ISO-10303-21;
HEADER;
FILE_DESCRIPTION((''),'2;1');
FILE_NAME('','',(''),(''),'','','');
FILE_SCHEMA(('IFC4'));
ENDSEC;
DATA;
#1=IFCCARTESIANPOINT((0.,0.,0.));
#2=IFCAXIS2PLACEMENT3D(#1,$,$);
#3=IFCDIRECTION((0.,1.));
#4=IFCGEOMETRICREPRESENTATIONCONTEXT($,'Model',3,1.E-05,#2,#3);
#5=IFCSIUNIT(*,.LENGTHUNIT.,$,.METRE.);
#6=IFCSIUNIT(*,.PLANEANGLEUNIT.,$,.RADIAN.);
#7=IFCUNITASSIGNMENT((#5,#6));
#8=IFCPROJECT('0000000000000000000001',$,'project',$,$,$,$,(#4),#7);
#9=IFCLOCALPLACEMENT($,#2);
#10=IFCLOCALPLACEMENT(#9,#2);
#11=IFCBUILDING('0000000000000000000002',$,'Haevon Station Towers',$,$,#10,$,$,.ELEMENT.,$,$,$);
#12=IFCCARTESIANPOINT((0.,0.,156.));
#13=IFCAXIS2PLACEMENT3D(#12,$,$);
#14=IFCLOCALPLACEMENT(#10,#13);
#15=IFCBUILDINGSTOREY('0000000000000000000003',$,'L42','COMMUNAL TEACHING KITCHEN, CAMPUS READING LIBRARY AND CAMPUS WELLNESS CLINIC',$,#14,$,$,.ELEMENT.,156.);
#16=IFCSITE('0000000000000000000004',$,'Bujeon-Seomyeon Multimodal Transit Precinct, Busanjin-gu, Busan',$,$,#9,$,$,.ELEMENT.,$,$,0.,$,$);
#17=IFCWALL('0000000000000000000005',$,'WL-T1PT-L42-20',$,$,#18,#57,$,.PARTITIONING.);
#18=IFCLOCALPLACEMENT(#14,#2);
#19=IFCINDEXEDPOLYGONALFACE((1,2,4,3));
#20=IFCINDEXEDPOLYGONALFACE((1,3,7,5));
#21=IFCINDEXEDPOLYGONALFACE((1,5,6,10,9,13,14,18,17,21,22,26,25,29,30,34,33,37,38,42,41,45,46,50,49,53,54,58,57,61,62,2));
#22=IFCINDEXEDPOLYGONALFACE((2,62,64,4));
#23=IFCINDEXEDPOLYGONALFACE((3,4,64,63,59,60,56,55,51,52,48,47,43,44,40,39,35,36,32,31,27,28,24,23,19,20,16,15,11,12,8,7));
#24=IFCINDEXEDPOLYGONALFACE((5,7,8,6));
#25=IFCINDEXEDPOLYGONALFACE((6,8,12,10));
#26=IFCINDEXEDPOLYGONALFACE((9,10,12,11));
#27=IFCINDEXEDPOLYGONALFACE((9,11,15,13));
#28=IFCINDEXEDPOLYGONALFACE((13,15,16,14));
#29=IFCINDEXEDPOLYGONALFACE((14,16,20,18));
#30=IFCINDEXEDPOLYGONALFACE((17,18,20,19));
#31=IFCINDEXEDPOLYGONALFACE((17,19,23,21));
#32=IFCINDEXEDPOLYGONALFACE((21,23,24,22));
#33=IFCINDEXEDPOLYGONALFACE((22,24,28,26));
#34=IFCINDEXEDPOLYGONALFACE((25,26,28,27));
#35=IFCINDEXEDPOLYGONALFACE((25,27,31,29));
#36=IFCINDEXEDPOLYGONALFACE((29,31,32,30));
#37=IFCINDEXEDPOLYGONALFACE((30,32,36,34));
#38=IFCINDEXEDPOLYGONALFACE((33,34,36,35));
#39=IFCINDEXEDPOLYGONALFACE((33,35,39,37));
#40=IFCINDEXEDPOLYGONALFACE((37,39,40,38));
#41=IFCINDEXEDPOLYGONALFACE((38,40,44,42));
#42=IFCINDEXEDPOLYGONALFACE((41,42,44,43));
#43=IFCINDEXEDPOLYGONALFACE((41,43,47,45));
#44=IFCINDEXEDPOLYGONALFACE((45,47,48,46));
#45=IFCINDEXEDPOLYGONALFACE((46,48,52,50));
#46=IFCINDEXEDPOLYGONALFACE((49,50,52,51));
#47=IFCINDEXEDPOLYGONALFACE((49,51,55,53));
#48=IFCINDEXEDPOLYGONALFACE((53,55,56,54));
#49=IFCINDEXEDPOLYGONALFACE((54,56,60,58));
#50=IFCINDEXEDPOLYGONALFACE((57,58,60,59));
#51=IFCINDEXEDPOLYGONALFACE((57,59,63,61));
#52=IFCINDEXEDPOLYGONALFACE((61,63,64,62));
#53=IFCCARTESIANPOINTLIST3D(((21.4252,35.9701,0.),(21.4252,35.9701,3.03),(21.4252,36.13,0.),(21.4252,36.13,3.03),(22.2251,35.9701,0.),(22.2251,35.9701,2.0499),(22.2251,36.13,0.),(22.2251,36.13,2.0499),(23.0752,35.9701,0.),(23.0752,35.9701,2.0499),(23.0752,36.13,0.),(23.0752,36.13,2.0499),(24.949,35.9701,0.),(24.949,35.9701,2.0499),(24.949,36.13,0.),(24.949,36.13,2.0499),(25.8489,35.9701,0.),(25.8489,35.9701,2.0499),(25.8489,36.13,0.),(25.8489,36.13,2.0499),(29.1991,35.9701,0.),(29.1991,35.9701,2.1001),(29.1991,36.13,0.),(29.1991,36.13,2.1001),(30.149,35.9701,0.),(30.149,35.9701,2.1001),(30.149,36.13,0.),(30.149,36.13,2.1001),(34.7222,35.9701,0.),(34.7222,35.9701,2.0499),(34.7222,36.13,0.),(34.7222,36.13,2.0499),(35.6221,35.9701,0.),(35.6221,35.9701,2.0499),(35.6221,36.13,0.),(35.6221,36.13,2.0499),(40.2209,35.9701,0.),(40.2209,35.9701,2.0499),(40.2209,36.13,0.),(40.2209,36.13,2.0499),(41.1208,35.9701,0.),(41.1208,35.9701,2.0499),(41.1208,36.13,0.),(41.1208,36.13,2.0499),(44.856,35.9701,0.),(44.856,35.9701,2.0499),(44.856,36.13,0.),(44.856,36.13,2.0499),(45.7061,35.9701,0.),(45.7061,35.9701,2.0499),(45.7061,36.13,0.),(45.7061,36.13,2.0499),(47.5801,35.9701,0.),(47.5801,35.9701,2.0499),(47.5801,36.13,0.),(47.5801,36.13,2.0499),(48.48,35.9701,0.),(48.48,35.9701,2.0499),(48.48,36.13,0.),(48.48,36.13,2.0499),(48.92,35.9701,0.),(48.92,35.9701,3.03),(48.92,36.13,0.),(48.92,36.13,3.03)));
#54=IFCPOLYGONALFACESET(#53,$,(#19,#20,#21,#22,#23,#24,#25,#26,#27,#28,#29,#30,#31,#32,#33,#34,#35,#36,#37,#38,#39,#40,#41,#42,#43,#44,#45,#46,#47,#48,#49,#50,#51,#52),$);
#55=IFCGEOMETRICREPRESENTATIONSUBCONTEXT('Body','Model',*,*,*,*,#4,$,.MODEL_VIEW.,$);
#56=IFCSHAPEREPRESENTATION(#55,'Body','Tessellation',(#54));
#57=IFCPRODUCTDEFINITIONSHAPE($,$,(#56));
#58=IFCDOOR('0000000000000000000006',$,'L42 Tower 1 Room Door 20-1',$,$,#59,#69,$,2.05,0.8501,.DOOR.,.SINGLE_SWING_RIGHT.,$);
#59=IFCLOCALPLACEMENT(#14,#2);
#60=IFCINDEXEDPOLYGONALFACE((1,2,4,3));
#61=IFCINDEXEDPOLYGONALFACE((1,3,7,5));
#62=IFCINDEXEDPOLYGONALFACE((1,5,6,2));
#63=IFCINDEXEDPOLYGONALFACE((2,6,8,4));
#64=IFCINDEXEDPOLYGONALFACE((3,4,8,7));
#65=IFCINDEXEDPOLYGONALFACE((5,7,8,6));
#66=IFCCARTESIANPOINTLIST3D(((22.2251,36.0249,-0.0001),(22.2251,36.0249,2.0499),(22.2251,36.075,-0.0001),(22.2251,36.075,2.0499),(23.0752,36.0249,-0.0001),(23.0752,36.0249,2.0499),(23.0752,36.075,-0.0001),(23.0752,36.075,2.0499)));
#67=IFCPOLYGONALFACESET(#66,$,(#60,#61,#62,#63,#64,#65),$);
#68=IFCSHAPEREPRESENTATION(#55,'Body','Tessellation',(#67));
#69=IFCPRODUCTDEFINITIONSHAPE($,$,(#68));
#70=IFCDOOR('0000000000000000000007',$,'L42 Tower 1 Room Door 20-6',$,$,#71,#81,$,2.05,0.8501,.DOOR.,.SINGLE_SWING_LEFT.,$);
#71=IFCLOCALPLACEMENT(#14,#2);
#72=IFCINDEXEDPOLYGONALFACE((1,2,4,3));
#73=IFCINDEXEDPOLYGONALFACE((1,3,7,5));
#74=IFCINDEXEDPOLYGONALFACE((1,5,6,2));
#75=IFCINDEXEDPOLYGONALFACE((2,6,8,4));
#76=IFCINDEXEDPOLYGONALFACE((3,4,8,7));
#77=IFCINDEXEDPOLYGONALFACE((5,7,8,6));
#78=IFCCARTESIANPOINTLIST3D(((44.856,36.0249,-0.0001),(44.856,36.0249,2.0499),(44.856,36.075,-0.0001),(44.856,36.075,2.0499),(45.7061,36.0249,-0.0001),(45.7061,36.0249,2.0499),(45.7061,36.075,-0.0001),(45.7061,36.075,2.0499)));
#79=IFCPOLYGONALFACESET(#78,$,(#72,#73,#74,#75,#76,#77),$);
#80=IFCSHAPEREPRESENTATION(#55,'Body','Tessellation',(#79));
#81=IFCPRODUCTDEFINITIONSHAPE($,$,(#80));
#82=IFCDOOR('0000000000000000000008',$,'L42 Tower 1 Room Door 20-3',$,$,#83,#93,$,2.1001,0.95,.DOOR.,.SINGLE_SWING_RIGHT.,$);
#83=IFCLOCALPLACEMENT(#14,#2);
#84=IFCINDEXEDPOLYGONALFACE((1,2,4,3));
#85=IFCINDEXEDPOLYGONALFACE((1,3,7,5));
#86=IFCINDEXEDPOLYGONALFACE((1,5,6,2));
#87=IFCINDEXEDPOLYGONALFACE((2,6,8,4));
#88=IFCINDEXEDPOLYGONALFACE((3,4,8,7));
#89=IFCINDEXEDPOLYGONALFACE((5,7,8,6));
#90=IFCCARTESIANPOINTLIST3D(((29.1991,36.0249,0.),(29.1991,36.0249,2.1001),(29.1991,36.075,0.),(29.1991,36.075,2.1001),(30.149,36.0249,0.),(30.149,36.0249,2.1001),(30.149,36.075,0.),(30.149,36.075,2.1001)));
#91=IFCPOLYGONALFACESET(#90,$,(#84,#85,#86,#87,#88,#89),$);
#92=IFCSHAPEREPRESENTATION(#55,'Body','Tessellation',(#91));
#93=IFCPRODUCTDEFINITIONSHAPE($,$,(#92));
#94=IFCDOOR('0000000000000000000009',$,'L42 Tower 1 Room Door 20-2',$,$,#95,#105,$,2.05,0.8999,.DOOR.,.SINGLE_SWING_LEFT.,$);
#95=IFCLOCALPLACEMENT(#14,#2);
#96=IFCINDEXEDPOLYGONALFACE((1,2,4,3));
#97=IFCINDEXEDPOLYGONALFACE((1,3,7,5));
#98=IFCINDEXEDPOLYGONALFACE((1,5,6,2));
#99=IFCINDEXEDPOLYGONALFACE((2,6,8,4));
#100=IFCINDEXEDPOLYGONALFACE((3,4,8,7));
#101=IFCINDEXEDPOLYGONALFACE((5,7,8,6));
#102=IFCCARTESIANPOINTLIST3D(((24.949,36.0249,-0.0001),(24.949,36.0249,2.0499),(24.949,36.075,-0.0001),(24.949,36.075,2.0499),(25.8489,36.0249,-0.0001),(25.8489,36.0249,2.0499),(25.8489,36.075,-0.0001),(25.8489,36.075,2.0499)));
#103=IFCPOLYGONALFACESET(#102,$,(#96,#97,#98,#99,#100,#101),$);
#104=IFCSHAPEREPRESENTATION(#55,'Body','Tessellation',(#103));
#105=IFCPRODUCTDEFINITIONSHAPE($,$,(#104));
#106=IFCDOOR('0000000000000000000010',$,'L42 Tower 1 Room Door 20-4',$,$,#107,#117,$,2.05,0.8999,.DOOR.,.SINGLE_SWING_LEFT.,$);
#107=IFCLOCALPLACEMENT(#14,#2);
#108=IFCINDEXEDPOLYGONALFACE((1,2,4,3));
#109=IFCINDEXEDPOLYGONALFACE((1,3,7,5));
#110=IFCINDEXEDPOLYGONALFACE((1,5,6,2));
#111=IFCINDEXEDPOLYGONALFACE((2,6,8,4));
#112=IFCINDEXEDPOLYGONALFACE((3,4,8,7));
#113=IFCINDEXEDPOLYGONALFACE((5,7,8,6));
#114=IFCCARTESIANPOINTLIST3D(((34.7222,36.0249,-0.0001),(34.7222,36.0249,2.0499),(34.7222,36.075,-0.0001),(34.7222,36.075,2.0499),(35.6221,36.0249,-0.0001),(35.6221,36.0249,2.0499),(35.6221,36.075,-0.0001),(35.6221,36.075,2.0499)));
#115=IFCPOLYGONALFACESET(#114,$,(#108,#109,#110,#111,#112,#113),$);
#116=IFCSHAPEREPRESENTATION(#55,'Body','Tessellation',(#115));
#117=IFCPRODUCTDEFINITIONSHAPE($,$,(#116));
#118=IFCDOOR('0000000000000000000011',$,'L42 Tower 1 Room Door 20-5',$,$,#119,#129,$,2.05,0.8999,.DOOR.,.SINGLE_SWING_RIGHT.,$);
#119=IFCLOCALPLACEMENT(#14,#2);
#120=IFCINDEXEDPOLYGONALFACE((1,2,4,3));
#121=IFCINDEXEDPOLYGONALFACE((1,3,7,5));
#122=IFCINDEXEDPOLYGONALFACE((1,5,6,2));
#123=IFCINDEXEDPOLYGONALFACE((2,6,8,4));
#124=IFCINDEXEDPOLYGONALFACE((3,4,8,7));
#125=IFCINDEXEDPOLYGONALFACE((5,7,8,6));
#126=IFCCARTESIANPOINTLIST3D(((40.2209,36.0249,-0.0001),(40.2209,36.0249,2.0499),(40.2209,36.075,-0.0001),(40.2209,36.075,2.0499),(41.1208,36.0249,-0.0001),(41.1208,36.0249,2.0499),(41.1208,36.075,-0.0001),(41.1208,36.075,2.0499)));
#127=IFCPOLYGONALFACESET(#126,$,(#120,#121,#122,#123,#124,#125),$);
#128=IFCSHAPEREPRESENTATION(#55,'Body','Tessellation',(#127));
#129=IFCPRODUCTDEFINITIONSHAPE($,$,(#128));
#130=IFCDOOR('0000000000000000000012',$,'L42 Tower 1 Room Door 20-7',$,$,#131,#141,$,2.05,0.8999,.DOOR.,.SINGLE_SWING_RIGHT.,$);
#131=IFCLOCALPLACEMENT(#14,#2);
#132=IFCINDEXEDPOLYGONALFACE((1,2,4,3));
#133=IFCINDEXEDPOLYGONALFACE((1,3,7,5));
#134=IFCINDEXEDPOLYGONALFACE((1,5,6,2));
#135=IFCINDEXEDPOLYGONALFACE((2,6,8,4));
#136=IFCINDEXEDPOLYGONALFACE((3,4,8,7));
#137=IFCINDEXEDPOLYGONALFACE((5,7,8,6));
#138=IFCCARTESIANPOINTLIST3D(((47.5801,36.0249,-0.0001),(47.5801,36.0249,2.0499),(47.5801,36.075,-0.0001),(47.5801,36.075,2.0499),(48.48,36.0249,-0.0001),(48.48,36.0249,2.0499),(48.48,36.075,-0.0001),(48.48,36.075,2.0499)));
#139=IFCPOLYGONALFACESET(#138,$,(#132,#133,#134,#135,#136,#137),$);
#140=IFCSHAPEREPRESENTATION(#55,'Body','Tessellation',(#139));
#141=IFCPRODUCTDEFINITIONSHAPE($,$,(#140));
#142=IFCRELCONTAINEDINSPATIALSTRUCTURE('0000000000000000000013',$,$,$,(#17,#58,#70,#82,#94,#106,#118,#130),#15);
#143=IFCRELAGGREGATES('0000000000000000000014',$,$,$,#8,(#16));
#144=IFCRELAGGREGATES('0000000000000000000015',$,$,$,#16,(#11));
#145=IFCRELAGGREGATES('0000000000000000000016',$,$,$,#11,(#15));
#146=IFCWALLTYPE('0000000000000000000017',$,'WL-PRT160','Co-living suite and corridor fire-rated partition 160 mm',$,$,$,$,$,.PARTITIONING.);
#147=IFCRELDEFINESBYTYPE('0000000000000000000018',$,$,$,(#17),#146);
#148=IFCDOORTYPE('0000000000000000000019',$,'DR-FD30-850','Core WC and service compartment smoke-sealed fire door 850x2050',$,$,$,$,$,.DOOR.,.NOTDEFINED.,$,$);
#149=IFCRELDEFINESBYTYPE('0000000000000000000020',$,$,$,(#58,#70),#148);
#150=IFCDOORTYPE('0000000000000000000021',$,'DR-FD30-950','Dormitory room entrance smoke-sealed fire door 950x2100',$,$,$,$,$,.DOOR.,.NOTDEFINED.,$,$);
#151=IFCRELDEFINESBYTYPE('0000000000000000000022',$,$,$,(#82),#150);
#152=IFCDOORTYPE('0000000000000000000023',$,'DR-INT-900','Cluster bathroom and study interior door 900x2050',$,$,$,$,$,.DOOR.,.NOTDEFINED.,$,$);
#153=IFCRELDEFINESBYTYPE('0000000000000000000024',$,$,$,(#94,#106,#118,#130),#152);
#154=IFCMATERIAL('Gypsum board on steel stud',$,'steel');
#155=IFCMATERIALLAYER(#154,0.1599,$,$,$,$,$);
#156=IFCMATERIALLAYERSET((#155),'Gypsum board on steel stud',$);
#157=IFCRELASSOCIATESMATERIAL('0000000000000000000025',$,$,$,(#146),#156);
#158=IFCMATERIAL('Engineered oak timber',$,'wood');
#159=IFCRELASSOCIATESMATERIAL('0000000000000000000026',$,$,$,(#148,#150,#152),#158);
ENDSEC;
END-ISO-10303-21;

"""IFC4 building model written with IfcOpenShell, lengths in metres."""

from ifc_helpers import new_model, si_unit, direction, frame, frame_2d, origin, place, context, subcontext, project, spatial, rectangle, extrude, material, layer, layer_set, type_object, element, fill, save


model = new_model("IFC4")

# Units and contexts
model_context = context("Model", 3, precision=1e-05, world=origin(), true_north=direction((0.0, 1.0)))
body_context = subcontext(model_context, "Body", "Model", "MODEL_VIEW")
ifc_project = project(units=[si_unit("LENGTHUNIT", "METRE"), si_unit("PLANEANGLEUNIT", "RADIAN")], contexts=[model_context])

# Site, building, storey
site_placement = place(None, origin())
site = spatial("IfcSite", under=ifc_project, at=site_placement, Name="Bujeon-Seomyeon Multimodal Transit Precinct, Busanjin-gu, Busan", CompositionType="ELEMENT", RefElevation=0.0)
building_placement = place(site_placement, origin())
building = spatial("IfcBuilding", under=site, at=building_placement, Name="Haevon Station Towers", CompositionType="ELEMENT")
storey_placement = place(building_placement, frame((0.0, 0.0, 156.0)))
storey = spatial("IfcBuildingStorey", under=building, at=storey_placement, Name="L42", Description="COMMUNAL TEACHING KITCHEN, CAMPUS READING LIBRARY AND CAMPUS WELLNESS CLINIC", CompositionType="ELEMENT", Elevation=156.0)

# Shared definitions
ifc_material_1 = material(Name="Gypsum board on steel stud", Category="steel")
ifc_layer_1 = layer(ifc_material_1, 0.1599)
ifc_layer_set_1 = layer_set([ifc_layer_1], Name="Gypsum board on steel stud")
wall_type_1 = type_object("IfcWallType", Name="WL-PRT160", Description="Co-living suite and corridor fire-rated partition 160 mm", PredefinedType="PARTITIONING", material=ifc_layer_set_1)

# Wall, openings, doors
wall_1_placement = place(storey_placement, frame((21.425, 36.05, 0.0), z_axis=(0.0, 0.0, 1.0), x_axis=(1.0, 0.0, 0.0)))
wall_1 = element("IfcWall", 1, at=wall_1_placement, inside=storey, type_object=wall_type_1, Name="WL-T1PT-L42-20", PredefinedType="PARTITIONING", context=body_context, shape_type="SweptSolid", body=[
    extrude(rectangle(XDim=27.4949, YDim=0.1599, at=frame_2d((13.7476, 0.0))), origin(), (0.0, 0.0, 1.0), 3.03),
])
opening_1_placement = place(wall_1_placement, frame((0.8, 0.0, 0.0)))
opening_1 = element("IfcOpeningElement", 2, at=opening_1_placement, cuts=wall_1, PredefinedType="OPENING", context=body_context, shape_type="SweptSolid", body=[
    extrude(rectangle(XDim=0.8501, YDim=2.05, at=frame_2d((0.425, 1.0249))), frame((0.0, 0.0898, 0.0), z_axis=(0.0, -1.0, 0.0), x_axis=(1.0, 0.0, 0.0)), (0.0, 0.0, 1.0), 0.1799),
])
opening_2_placement = place(wall_1_placement, frame((3.5239, 0.0, 0.0)))
opening_2 = element("IfcOpeningElement", 3, at=opening_2_placement, cuts=wall_1, PredefinedType="OPENING", context=body_context, shape_type="SweptSolid", body=[
    extrude(rectangle(XDim=0.8999, YDim=2.05, at=frame_2d((0.45, 1.0249))), frame((0.0, 0.0898, 0.0), z_axis=(0.0, -1.0, 0.0), x_axis=(1.0, 0.0, 0.0)), (0.0, 0.0, 1.0), 0.1799),
])
opening_3_placement = place(wall_1_placement, frame((7.7739, 0.0, 0.0)))
opening_3 = element("IfcOpeningElement", 4, at=opening_3_placement, cuts=wall_1, PredefinedType="OPENING", context=body_context, shape_type="SweptSolid", body=[
    extrude(rectangle(XDim=0.95, YDim=2.1001, at=frame_2d((0.4751, 1.05))), frame((0.0, 0.0898, 0.0), z_axis=(0.0, -1.0, 0.0), x_axis=(1.0, 0.0, 0.0)), (0.0, 0.0, 1.0), 0.1799),
])
opening_4_placement = place(wall_1_placement, frame((13.2971, 0.0, 0.0)))
opening_4 = element("IfcOpeningElement", 5, at=opening_4_placement, cuts=wall_1, PredefinedType="OPENING", context=body_context, shape_type="SweptSolid", body=[
    extrude(rectangle(XDim=0.8999, YDim=2.05, at=frame_2d((0.45, 1.0249))), frame((0.0, 0.0898, 0.0), z_axis=(0.0, -1.0, 0.0), x_axis=(1.0, 0.0, 0.0)), (0.0, 0.0, 1.0), 0.1799),
])
opening_5_placement = place(wall_1_placement, frame((18.7959, 0.0, 0.0)))
opening_5 = element("IfcOpeningElement", 6, at=opening_5_placement, cuts=wall_1, PredefinedType="OPENING", context=body_context, shape_type="SweptSolid", body=[
    extrude(rectangle(XDim=0.8999, YDim=2.05, at=frame_2d((0.45, 1.0249))), frame((0.0, 0.0898, 0.0), z_axis=(0.0, -1.0, 0.0), x_axis=(1.0, 0.0, 0.0)), (0.0, 0.0, 1.0), 0.1799),
])
opening_6_placement = place(wall_1_placement, frame((23.4309, 0.0, 0.0)))
opening_6 = element("IfcOpeningElement", 7, at=opening_6_placement, cuts=wall_1, PredefinedType="OPENING", context=body_context, shape_type="SweptSolid", body=[
    extrude(rectangle(XDim=0.8501, YDim=2.05, at=frame_2d((0.425, 1.0249))), frame((0.0, 0.0898, 0.0), z_axis=(0.0, -1.0, 0.0), x_axis=(1.0, 0.0, 0.0)), (0.0, 0.0, 1.0), 0.1799),
])
opening_7_placement = place(wall_1_placement, frame((26.155, 0.0, 0.0)))
opening_7 = element("IfcOpeningElement", 8, at=opening_7_placement, cuts=wall_1, PredefinedType="OPENING", context=body_context, shape_type="SweptSolid", body=[
    extrude(rectangle(XDim=0.8999, YDim=2.05, at=frame_2d((0.45, 1.0249))), frame((0.0, 0.0898, 0.0), z_axis=(0.0, -1.0, 0.0), x_axis=(1.0, 0.0, 0.0)), (0.0, 0.0, 1.0), 0.1799),
])
ifc_material_2 = material(Name="Engineered oak timber", Category="wood")
door_type_1 = type_object("IfcDoorType", Name="DR-FD30-850", Description="Core WC and service compartment smoke-sealed fire door 850x2050", OperationType="NOTDEFINED", PredefinedType="DOOR", material=ifc_material_2)
door_1_placement = place(opening_1_placement, origin())
door_1 = element("IfcDoor", 9, at=door_1_placement, inside=storey, type_object=door_type_1, Name="L42 Tower 1 Room Door 20-1", OperationType="SINGLE_SWING_RIGHT", OverallHeight=2.05, OverallWidth=0.8501, PredefinedType="DOOR", context=body_context, shape_type="SweptSolid", body=[
    extrude(rectangle(XDim=0.8501, YDim=2.05, at=frame_2d((0.425, 1.0249))), frame((0.0, 0.0249, 0.0), z_axis=(0.0, -1.0, 0.0), x_axis=(1.0, 0.0, 0.0)), (0.0, 0.0, 1.0), 0.05),
])
fill(opening_1, door_1)
door_2_placement = place(opening_6_placement, origin())
door_2 = element("IfcDoor", 10, at=door_2_placement, inside=storey, type_object=door_type_1, Name="L42 Tower 1 Room Door 20-6", OperationType="SINGLE_SWING_LEFT", OverallHeight=2.05, OverallWidth=0.8501, PredefinedType="DOOR", context=body_context, shape_type="SweptSolid", body=[
    extrude(rectangle(XDim=0.8501, YDim=2.05, at=frame_2d((0.425, 1.0249))), frame((0.0, 0.0249, 0.0), z_axis=(0.0, -1.0, 0.0), x_axis=(1.0, 0.0, 0.0)), (0.0, 0.0, 1.0), 0.05),
])
fill(opening_6, door_2)
door_type_2 = type_object("IfcDoorType", Name="DR-FD30-950", Description="Dormitory room entrance smoke-sealed fire door 950x2100", OperationType="NOTDEFINED", PredefinedType="DOOR", material=ifc_material_2)
door_3_placement = place(opening_3_placement, origin())
door_3 = element("IfcDoor", 11, at=door_3_placement, inside=storey, type_object=door_type_2, Name="L42 Tower 1 Room Door 20-3", OperationType="SINGLE_SWING_RIGHT", OverallHeight=2.1001, OverallWidth=0.95, PredefinedType="DOOR", context=body_context, shape_type="SweptSolid", body=[
    extrude(rectangle(XDim=0.95, YDim=2.1001, at=frame_2d((0.4751, 1.05))), frame((0.0, 0.0249, 0.0), z_axis=(0.0, -1.0, 0.0), x_axis=(1.0, 0.0, 0.0)), (0.0, 0.0, 1.0), 0.05),
])
fill(opening_3, door_3)
door_type_3 = type_object("IfcDoorType", Name="DR-INT-900", Description="Cluster bathroom and study interior door 900x2050", OperationType="NOTDEFINED", PredefinedType="DOOR", material=ifc_material_2)
door_4_placement = place(opening_2_placement, origin())
door_4 = element("IfcDoor", 12, at=door_4_placement, inside=storey, type_object=door_type_3, Name="L42 Tower 1 Room Door 20-2", OperationType="SINGLE_SWING_LEFT", OverallHeight=2.05, OverallWidth=0.8999, PredefinedType="DOOR", context=body_context, shape_type="SweptSolid", body=[
    extrude(rectangle(XDim=0.8999, YDim=2.05, at=frame_2d((0.45, 1.0249))), frame((0.0, 0.0249, 0.0), z_axis=(0.0, -1.0, 0.0), x_axis=(1.0, 0.0, 0.0)), (0.0, 0.0, 1.0), 0.05),
])
fill(opening_2, door_4)
door_5_placement = place(opening_4_placement, origin())
door_5 = element("IfcDoor", 13, at=door_5_placement, inside=storey, type_object=door_type_3, Name="L42 Tower 1 Room Door 20-4", OperationType="SINGLE_SWING_LEFT", OverallHeight=2.05, OverallWidth=0.8999, PredefinedType="DOOR", context=body_context, shape_type="SweptSolid", body=[
    extrude(rectangle(XDim=0.8999, YDim=2.05, at=frame_2d((0.45, 1.0249))), frame((0.0, 0.0249, 0.0), z_axis=(0.0, -1.0, 0.0), x_axis=(1.0, 0.0, 0.0)), (0.0, 0.0, 1.0), 0.05),
])
fill(opening_4, door_5)
door_6_placement = place(opening_5_placement, origin())
door_6 = element("IfcDoor", 14, at=door_6_placement, inside=storey, type_object=door_type_3, Name="L42 Tower 1 Room Door 20-5", OperationType="SINGLE_SWING_RIGHT", OverallHeight=2.05, OverallWidth=0.8999, PredefinedType="DOOR", context=body_context, shape_type="SweptSolid", body=[
    extrude(rectangle(XDim=0.8999, YDim=2.05, at=frame_2d((0.45, 1.0249))), frame((0.0, 0.0249, 0.0), z_axis=(0.0, -1.0, 0.0), x_axis=(1.0, 0.0, 0.0)), (0.0, 0.0, 1.0), 0.05),
])
fill(opening_5, door_6)
door_7_placement = place(opening_7_placement, origin())
door_7 = element("IfcDoor", 15, at=door_7_placement, inside=storey, type_object=door_type_3, Name="L42 Tower 1 Room Door 20-7", OperationType="SINGLE_SWING_RIGHT", OverallHeight=2.05, OverallWidth=0.8999, PredefinedType="DOOR", context=body_context, shape_type="SweptSolid", body=[
    extrude(rectangle(XDim=0.8999, YDim=2.05, at=frame_2d((0.45, 1.0249))), frame((0.0, 0.0249, 0.0), z_axis=(0.0, -1.0, 0.0), x_axis=(1.0, 0.0, 0.0)), (0.0, 0.0, 1.0), 0.05),
])
fill(opening_7, door_7)

save(model, "model.ifc")
